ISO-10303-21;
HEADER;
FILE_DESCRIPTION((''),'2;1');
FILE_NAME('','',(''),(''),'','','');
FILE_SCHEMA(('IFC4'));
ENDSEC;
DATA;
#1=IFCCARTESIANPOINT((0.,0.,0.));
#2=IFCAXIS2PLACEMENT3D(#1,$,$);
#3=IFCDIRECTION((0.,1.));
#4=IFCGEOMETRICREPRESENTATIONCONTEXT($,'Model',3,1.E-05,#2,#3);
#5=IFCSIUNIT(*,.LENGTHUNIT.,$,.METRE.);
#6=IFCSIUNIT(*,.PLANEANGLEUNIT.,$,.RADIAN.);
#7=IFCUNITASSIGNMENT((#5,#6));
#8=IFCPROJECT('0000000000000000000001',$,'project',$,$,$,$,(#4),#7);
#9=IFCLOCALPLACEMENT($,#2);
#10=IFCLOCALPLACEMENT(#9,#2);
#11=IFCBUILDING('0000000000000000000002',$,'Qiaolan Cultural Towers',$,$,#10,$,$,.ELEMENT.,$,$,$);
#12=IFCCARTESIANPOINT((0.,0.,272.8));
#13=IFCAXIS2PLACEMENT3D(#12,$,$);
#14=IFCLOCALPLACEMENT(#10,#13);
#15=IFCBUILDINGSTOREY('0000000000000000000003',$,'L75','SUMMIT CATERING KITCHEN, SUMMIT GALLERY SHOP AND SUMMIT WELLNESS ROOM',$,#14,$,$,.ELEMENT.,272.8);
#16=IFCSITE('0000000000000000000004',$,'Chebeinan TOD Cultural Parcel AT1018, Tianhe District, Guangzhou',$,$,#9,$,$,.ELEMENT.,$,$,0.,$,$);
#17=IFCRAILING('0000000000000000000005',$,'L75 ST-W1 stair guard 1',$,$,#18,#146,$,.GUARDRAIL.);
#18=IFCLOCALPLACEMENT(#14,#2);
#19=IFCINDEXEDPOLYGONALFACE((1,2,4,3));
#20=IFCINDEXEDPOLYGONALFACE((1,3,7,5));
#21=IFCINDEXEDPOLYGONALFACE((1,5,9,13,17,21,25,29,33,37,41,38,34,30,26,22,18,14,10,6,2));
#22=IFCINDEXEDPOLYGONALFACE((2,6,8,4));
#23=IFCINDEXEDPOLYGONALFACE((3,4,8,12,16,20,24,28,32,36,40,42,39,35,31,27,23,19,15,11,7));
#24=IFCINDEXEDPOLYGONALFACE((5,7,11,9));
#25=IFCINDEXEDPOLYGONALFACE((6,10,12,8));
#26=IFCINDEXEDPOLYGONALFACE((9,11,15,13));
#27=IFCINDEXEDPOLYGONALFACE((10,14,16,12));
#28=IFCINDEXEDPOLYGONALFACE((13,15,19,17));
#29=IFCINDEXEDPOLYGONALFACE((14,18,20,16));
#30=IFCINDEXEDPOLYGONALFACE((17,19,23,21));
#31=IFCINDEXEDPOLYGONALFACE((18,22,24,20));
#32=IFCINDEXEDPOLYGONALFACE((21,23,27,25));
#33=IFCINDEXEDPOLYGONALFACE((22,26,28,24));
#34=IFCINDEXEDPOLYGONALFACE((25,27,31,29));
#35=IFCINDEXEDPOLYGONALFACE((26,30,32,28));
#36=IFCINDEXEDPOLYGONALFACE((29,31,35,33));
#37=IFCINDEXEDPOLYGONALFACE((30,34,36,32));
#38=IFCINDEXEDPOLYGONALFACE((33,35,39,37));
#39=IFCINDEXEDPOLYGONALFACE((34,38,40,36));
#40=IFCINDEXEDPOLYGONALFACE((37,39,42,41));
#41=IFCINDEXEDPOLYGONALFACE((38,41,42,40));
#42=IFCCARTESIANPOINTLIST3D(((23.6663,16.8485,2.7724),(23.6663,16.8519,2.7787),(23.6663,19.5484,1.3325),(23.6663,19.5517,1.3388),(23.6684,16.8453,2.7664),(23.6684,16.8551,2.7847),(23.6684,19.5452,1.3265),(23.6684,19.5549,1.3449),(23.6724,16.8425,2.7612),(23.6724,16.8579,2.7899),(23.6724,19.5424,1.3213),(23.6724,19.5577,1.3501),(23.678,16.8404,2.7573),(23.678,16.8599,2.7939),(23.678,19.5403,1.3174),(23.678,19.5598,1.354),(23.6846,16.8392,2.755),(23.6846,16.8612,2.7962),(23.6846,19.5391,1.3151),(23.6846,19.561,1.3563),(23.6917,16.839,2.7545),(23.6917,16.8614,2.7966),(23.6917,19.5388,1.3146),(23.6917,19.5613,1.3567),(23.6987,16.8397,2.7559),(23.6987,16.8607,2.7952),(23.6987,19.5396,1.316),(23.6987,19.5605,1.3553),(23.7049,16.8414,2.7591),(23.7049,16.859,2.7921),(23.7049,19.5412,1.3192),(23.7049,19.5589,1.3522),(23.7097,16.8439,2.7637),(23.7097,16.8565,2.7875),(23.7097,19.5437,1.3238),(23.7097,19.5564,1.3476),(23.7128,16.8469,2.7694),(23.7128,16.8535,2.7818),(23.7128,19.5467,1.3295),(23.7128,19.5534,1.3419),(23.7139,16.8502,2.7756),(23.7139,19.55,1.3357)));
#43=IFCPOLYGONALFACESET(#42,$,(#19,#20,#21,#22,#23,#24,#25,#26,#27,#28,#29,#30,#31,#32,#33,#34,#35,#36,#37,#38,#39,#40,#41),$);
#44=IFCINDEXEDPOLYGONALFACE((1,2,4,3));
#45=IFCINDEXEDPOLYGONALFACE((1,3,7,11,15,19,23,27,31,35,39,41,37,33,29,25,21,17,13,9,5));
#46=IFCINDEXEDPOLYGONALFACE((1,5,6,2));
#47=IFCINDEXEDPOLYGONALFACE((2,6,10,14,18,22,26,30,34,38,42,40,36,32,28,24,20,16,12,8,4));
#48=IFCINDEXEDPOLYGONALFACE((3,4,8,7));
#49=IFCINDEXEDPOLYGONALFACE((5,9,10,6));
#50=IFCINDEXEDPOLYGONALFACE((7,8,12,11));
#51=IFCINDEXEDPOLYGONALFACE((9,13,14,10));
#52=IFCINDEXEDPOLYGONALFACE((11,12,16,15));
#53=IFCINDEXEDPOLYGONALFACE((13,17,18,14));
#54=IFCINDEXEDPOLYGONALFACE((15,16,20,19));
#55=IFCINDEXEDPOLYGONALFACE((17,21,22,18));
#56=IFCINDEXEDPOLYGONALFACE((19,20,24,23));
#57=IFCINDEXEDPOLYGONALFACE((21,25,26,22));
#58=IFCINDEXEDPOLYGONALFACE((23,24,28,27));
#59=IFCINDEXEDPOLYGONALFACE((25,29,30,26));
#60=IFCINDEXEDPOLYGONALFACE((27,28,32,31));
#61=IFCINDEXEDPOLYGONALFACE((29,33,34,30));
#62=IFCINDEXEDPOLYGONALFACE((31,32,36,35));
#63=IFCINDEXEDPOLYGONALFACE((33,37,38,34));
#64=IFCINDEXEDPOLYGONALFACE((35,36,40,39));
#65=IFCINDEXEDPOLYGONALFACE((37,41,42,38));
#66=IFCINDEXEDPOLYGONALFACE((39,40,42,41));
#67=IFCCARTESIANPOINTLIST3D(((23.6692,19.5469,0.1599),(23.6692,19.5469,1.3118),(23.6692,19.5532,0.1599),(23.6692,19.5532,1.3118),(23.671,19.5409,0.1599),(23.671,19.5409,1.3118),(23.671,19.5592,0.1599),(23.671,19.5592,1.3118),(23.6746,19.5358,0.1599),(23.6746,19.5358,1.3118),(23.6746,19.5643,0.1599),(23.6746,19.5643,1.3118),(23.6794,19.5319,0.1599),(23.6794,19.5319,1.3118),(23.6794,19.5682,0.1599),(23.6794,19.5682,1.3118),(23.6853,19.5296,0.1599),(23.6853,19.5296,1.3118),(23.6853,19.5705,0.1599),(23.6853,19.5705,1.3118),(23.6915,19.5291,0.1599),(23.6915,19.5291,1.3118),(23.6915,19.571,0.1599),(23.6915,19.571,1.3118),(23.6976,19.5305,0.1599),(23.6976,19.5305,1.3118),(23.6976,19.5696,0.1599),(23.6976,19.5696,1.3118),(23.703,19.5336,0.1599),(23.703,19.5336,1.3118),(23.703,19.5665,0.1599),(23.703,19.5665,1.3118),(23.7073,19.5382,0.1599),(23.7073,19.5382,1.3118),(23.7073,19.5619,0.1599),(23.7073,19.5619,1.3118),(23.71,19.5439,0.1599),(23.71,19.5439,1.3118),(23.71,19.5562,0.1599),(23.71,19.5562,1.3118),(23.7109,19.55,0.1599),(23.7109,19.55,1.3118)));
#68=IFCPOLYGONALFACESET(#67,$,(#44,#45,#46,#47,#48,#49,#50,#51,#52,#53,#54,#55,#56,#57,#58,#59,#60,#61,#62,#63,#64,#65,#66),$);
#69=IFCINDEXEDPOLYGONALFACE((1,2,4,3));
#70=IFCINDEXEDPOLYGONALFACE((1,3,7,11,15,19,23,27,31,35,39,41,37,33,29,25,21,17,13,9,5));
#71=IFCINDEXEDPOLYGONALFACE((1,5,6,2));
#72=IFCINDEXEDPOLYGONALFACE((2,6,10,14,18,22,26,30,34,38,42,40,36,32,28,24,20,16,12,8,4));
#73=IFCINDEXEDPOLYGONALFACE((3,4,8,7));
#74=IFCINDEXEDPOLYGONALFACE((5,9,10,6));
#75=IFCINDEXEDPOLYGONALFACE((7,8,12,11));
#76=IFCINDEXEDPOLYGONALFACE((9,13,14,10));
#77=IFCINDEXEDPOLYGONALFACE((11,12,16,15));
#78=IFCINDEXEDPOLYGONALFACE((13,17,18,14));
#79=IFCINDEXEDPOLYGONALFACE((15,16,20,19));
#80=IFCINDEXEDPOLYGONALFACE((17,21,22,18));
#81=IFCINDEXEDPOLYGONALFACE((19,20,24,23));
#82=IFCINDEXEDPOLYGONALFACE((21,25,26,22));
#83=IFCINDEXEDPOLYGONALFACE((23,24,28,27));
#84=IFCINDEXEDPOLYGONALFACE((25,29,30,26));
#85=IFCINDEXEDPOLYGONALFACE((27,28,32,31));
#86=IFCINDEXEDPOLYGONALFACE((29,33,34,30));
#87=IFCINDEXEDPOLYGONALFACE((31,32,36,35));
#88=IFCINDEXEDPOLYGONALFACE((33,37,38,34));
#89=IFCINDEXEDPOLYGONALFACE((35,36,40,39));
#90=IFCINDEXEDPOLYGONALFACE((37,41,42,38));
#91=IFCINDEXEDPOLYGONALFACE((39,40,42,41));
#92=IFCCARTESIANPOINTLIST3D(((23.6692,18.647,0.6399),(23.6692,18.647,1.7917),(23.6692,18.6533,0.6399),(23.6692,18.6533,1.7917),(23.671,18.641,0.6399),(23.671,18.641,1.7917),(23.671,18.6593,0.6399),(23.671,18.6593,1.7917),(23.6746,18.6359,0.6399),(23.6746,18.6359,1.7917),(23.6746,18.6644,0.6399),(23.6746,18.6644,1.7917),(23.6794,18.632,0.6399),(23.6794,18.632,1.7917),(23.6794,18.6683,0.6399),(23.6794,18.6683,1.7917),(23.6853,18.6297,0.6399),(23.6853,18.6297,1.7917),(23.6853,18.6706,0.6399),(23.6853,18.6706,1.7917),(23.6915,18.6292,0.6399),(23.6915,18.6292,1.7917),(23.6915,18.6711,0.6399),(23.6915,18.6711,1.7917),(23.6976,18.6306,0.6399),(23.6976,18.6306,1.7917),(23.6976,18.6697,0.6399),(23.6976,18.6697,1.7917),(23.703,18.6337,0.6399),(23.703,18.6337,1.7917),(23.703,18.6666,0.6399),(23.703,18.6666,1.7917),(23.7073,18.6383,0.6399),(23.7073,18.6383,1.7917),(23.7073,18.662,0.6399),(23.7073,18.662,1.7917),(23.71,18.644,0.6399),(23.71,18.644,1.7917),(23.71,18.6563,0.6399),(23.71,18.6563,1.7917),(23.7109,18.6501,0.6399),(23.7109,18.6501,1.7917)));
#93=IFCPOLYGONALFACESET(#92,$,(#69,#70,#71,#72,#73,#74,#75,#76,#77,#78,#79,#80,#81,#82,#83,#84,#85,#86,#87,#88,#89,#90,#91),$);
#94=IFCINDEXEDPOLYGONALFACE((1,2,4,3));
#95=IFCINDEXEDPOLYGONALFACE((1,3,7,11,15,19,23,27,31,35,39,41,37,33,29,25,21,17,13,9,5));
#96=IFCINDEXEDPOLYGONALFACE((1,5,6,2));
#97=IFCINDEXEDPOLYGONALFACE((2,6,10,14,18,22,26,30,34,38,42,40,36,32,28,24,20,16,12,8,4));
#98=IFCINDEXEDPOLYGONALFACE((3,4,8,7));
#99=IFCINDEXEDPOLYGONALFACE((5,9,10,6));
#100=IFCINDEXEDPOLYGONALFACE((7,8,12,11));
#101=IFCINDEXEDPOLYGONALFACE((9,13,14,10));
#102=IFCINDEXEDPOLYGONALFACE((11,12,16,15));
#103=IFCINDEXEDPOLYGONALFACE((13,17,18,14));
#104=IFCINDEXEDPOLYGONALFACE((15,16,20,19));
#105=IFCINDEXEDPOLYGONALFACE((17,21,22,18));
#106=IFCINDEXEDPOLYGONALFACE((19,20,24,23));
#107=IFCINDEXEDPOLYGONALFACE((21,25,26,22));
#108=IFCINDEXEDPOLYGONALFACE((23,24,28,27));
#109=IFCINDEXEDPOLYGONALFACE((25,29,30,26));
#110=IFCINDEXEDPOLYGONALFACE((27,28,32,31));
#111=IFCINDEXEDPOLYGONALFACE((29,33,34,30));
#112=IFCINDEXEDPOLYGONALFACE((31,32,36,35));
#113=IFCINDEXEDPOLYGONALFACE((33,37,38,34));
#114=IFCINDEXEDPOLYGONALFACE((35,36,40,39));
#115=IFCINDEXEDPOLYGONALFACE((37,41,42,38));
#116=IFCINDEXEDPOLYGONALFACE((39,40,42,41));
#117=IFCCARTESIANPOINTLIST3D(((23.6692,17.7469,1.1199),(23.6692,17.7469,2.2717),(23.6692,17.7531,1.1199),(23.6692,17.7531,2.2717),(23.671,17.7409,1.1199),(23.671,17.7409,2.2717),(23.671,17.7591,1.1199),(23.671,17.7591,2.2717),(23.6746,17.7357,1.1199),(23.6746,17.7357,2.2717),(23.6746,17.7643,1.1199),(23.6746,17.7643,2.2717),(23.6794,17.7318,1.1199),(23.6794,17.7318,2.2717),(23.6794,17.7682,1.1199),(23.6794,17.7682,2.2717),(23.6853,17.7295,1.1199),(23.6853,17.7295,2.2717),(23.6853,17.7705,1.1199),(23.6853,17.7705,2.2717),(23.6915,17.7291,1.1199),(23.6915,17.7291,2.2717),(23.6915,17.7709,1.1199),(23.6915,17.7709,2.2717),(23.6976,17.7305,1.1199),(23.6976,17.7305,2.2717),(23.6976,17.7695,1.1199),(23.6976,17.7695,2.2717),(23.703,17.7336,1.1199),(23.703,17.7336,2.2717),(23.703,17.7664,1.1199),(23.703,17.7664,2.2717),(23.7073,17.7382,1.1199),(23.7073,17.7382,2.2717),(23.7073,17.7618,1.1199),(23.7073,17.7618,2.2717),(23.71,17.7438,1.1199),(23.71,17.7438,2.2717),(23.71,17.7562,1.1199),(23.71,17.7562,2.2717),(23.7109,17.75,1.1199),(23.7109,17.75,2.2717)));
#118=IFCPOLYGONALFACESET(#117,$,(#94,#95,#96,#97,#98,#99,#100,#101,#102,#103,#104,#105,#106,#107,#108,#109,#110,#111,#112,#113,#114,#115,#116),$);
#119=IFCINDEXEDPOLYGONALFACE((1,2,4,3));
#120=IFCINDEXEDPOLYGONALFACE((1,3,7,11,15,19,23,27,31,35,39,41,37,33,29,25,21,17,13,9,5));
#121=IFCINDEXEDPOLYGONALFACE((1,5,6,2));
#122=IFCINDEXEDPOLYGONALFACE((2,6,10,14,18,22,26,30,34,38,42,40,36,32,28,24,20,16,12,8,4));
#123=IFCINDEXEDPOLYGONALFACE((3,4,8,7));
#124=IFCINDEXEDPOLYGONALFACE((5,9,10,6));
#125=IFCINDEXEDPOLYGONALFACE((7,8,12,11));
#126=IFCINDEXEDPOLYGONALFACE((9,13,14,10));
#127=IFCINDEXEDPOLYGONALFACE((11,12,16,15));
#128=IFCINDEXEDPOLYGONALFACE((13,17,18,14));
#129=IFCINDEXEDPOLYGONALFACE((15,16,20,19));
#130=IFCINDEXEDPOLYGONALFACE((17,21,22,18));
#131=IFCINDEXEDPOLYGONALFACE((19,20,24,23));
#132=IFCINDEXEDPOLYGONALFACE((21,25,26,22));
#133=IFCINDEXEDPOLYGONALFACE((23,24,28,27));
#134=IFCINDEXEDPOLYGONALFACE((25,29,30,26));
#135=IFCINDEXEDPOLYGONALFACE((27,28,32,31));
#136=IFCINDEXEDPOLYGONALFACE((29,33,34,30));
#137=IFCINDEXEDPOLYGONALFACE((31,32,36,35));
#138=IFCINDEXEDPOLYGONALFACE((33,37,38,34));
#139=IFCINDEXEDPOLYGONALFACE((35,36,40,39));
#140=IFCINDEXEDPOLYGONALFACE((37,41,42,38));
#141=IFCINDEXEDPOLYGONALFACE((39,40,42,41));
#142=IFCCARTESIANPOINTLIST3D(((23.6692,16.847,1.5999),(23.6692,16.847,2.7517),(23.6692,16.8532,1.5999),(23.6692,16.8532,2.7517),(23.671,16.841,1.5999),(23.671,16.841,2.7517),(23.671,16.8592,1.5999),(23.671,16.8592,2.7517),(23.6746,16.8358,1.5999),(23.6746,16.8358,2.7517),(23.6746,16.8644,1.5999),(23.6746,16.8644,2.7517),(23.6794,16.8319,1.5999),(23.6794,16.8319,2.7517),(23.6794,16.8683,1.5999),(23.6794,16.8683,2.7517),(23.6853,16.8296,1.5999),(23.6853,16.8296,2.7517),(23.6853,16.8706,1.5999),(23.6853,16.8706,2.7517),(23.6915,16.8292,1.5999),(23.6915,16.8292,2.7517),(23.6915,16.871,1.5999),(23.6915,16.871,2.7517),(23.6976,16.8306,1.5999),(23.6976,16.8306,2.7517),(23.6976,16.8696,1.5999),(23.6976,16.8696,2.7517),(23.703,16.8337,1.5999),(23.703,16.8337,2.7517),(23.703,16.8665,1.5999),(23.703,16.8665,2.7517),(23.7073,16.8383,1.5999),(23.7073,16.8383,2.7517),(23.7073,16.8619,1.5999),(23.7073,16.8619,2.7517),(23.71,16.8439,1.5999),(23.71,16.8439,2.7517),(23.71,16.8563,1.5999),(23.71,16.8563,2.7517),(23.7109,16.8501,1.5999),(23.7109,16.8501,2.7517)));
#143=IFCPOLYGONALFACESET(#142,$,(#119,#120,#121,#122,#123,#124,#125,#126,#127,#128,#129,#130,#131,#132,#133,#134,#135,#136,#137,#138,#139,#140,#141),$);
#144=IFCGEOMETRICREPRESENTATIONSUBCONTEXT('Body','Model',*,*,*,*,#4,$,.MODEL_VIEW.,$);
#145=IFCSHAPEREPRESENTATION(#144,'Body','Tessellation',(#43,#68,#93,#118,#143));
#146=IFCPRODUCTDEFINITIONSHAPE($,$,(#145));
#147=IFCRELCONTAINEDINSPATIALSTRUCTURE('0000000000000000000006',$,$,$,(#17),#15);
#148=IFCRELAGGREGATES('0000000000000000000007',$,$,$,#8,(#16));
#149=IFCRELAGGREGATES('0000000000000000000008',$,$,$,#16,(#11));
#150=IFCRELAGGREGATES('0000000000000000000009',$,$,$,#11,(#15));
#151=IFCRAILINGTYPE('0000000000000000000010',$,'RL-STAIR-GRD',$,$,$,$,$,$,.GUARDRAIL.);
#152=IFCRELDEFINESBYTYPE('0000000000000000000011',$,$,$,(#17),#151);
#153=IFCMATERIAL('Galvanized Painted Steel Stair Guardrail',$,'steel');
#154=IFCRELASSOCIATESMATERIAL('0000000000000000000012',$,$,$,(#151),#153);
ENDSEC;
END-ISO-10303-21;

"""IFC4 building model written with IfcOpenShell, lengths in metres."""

from ifc_helpers import new_model, si_unit, direction, frame, origin, origin_2d, place, context, subcontext, project, spatial, circle, extrude, material, type_object, element, save


model = new_model("IFC4")

# Units and contexts
model_context = context("Model", 3, precision=1e-05, world=origin(), true_north=direction((0.0, 1.0)))
body_context = subcontext(model_context, "Body", "Model", "MODEL_VIEW")
ifc_project = project(units=[si_unit("LENGTHUNIT", "METRE"), si_unit("PLANEANGLEUNIT", "RADIAN")], contexts=[model_context])

# Site, building, storey
site_placement = place(None, origin())
site = spatial("IfcSite", under=ifc_project, at=site_placement, Name="Chebeinan TOD Cultural Parcel AT1018, Tianhe District, Guangzhou", CompositionType="ELEMENT", RefElevation=0.0)
building_placement = place(site_placement, origin())
building = spatial("IfcBuilding", under=site, at=building_placement, Name="Qiaolan Cultural Towers", CompositionType="ELEMENT")
storey_placement = place(building_placement, frame((0.0, 0.0, 272.8)))
storey = spatial("IfcBuildingStorey", under=building, at=storey_placement, Name="L75", Description="SUMMIT CATERING KITCHEN, SUMMIT GALLERY SHOP AND SUMMIT WELLNESS ROOM", CompositionType="ELEMENT", Elevation=272.8)

# Railing
ifc_material_1 = material(Name="Galvanized Painted Steel Stair Guardrail", Category="steel")
railing_type_1 = type_object("IfcRailingType", Name="RL-STAIR-GRD", PredefinedType="GUARDRAIL", material=ifc_material_1)
railing_1_placement = place(storey_placement, frame((23.6899, 19.55, 0.1599)))
element("IfcRailing", 1, at=railing_1_placement, inside=storey, type_object=railing_type_1, Name="L75 ST-W1 stair guard 1", PredefinedType="GUARDRAIL", context=body_context, shape_type="SweptSolid", body=[
    extrude(circle(Radius=0.0239, at=origin_2d()), frame((0.0, 0.0, 1.1758), z_axis=(0.0, -0.882357, 0.47058), x_axis=(1.0, 0.0, 0.0)), (0.0, 0.0, 1.0), 3.0598),
    extrude(circle(Radius=0.021, at=origin_2d()), origin(), (0.0, 0.0, 1.0), 1.1519),
    extrude(circle(Radius=0.021, at=origin_2d()), frame((0.0, -0.8999, 0.48)), (0.0, 0.0, 1.0), 1.1519),
    extrude(circle(Radius=0.021, at=origin_2d()), frame((0.0, -1.8, 0.96)), (0.0, 0.0, 1.0), 1.1519),
    extrude(circle(Radius=0.021, at=origin_2d()), frame((0.0, -2.7, 1.4399)), (0.0, 0.0, 1.0), 1.1519),
])

save(model, "model.ifc")
